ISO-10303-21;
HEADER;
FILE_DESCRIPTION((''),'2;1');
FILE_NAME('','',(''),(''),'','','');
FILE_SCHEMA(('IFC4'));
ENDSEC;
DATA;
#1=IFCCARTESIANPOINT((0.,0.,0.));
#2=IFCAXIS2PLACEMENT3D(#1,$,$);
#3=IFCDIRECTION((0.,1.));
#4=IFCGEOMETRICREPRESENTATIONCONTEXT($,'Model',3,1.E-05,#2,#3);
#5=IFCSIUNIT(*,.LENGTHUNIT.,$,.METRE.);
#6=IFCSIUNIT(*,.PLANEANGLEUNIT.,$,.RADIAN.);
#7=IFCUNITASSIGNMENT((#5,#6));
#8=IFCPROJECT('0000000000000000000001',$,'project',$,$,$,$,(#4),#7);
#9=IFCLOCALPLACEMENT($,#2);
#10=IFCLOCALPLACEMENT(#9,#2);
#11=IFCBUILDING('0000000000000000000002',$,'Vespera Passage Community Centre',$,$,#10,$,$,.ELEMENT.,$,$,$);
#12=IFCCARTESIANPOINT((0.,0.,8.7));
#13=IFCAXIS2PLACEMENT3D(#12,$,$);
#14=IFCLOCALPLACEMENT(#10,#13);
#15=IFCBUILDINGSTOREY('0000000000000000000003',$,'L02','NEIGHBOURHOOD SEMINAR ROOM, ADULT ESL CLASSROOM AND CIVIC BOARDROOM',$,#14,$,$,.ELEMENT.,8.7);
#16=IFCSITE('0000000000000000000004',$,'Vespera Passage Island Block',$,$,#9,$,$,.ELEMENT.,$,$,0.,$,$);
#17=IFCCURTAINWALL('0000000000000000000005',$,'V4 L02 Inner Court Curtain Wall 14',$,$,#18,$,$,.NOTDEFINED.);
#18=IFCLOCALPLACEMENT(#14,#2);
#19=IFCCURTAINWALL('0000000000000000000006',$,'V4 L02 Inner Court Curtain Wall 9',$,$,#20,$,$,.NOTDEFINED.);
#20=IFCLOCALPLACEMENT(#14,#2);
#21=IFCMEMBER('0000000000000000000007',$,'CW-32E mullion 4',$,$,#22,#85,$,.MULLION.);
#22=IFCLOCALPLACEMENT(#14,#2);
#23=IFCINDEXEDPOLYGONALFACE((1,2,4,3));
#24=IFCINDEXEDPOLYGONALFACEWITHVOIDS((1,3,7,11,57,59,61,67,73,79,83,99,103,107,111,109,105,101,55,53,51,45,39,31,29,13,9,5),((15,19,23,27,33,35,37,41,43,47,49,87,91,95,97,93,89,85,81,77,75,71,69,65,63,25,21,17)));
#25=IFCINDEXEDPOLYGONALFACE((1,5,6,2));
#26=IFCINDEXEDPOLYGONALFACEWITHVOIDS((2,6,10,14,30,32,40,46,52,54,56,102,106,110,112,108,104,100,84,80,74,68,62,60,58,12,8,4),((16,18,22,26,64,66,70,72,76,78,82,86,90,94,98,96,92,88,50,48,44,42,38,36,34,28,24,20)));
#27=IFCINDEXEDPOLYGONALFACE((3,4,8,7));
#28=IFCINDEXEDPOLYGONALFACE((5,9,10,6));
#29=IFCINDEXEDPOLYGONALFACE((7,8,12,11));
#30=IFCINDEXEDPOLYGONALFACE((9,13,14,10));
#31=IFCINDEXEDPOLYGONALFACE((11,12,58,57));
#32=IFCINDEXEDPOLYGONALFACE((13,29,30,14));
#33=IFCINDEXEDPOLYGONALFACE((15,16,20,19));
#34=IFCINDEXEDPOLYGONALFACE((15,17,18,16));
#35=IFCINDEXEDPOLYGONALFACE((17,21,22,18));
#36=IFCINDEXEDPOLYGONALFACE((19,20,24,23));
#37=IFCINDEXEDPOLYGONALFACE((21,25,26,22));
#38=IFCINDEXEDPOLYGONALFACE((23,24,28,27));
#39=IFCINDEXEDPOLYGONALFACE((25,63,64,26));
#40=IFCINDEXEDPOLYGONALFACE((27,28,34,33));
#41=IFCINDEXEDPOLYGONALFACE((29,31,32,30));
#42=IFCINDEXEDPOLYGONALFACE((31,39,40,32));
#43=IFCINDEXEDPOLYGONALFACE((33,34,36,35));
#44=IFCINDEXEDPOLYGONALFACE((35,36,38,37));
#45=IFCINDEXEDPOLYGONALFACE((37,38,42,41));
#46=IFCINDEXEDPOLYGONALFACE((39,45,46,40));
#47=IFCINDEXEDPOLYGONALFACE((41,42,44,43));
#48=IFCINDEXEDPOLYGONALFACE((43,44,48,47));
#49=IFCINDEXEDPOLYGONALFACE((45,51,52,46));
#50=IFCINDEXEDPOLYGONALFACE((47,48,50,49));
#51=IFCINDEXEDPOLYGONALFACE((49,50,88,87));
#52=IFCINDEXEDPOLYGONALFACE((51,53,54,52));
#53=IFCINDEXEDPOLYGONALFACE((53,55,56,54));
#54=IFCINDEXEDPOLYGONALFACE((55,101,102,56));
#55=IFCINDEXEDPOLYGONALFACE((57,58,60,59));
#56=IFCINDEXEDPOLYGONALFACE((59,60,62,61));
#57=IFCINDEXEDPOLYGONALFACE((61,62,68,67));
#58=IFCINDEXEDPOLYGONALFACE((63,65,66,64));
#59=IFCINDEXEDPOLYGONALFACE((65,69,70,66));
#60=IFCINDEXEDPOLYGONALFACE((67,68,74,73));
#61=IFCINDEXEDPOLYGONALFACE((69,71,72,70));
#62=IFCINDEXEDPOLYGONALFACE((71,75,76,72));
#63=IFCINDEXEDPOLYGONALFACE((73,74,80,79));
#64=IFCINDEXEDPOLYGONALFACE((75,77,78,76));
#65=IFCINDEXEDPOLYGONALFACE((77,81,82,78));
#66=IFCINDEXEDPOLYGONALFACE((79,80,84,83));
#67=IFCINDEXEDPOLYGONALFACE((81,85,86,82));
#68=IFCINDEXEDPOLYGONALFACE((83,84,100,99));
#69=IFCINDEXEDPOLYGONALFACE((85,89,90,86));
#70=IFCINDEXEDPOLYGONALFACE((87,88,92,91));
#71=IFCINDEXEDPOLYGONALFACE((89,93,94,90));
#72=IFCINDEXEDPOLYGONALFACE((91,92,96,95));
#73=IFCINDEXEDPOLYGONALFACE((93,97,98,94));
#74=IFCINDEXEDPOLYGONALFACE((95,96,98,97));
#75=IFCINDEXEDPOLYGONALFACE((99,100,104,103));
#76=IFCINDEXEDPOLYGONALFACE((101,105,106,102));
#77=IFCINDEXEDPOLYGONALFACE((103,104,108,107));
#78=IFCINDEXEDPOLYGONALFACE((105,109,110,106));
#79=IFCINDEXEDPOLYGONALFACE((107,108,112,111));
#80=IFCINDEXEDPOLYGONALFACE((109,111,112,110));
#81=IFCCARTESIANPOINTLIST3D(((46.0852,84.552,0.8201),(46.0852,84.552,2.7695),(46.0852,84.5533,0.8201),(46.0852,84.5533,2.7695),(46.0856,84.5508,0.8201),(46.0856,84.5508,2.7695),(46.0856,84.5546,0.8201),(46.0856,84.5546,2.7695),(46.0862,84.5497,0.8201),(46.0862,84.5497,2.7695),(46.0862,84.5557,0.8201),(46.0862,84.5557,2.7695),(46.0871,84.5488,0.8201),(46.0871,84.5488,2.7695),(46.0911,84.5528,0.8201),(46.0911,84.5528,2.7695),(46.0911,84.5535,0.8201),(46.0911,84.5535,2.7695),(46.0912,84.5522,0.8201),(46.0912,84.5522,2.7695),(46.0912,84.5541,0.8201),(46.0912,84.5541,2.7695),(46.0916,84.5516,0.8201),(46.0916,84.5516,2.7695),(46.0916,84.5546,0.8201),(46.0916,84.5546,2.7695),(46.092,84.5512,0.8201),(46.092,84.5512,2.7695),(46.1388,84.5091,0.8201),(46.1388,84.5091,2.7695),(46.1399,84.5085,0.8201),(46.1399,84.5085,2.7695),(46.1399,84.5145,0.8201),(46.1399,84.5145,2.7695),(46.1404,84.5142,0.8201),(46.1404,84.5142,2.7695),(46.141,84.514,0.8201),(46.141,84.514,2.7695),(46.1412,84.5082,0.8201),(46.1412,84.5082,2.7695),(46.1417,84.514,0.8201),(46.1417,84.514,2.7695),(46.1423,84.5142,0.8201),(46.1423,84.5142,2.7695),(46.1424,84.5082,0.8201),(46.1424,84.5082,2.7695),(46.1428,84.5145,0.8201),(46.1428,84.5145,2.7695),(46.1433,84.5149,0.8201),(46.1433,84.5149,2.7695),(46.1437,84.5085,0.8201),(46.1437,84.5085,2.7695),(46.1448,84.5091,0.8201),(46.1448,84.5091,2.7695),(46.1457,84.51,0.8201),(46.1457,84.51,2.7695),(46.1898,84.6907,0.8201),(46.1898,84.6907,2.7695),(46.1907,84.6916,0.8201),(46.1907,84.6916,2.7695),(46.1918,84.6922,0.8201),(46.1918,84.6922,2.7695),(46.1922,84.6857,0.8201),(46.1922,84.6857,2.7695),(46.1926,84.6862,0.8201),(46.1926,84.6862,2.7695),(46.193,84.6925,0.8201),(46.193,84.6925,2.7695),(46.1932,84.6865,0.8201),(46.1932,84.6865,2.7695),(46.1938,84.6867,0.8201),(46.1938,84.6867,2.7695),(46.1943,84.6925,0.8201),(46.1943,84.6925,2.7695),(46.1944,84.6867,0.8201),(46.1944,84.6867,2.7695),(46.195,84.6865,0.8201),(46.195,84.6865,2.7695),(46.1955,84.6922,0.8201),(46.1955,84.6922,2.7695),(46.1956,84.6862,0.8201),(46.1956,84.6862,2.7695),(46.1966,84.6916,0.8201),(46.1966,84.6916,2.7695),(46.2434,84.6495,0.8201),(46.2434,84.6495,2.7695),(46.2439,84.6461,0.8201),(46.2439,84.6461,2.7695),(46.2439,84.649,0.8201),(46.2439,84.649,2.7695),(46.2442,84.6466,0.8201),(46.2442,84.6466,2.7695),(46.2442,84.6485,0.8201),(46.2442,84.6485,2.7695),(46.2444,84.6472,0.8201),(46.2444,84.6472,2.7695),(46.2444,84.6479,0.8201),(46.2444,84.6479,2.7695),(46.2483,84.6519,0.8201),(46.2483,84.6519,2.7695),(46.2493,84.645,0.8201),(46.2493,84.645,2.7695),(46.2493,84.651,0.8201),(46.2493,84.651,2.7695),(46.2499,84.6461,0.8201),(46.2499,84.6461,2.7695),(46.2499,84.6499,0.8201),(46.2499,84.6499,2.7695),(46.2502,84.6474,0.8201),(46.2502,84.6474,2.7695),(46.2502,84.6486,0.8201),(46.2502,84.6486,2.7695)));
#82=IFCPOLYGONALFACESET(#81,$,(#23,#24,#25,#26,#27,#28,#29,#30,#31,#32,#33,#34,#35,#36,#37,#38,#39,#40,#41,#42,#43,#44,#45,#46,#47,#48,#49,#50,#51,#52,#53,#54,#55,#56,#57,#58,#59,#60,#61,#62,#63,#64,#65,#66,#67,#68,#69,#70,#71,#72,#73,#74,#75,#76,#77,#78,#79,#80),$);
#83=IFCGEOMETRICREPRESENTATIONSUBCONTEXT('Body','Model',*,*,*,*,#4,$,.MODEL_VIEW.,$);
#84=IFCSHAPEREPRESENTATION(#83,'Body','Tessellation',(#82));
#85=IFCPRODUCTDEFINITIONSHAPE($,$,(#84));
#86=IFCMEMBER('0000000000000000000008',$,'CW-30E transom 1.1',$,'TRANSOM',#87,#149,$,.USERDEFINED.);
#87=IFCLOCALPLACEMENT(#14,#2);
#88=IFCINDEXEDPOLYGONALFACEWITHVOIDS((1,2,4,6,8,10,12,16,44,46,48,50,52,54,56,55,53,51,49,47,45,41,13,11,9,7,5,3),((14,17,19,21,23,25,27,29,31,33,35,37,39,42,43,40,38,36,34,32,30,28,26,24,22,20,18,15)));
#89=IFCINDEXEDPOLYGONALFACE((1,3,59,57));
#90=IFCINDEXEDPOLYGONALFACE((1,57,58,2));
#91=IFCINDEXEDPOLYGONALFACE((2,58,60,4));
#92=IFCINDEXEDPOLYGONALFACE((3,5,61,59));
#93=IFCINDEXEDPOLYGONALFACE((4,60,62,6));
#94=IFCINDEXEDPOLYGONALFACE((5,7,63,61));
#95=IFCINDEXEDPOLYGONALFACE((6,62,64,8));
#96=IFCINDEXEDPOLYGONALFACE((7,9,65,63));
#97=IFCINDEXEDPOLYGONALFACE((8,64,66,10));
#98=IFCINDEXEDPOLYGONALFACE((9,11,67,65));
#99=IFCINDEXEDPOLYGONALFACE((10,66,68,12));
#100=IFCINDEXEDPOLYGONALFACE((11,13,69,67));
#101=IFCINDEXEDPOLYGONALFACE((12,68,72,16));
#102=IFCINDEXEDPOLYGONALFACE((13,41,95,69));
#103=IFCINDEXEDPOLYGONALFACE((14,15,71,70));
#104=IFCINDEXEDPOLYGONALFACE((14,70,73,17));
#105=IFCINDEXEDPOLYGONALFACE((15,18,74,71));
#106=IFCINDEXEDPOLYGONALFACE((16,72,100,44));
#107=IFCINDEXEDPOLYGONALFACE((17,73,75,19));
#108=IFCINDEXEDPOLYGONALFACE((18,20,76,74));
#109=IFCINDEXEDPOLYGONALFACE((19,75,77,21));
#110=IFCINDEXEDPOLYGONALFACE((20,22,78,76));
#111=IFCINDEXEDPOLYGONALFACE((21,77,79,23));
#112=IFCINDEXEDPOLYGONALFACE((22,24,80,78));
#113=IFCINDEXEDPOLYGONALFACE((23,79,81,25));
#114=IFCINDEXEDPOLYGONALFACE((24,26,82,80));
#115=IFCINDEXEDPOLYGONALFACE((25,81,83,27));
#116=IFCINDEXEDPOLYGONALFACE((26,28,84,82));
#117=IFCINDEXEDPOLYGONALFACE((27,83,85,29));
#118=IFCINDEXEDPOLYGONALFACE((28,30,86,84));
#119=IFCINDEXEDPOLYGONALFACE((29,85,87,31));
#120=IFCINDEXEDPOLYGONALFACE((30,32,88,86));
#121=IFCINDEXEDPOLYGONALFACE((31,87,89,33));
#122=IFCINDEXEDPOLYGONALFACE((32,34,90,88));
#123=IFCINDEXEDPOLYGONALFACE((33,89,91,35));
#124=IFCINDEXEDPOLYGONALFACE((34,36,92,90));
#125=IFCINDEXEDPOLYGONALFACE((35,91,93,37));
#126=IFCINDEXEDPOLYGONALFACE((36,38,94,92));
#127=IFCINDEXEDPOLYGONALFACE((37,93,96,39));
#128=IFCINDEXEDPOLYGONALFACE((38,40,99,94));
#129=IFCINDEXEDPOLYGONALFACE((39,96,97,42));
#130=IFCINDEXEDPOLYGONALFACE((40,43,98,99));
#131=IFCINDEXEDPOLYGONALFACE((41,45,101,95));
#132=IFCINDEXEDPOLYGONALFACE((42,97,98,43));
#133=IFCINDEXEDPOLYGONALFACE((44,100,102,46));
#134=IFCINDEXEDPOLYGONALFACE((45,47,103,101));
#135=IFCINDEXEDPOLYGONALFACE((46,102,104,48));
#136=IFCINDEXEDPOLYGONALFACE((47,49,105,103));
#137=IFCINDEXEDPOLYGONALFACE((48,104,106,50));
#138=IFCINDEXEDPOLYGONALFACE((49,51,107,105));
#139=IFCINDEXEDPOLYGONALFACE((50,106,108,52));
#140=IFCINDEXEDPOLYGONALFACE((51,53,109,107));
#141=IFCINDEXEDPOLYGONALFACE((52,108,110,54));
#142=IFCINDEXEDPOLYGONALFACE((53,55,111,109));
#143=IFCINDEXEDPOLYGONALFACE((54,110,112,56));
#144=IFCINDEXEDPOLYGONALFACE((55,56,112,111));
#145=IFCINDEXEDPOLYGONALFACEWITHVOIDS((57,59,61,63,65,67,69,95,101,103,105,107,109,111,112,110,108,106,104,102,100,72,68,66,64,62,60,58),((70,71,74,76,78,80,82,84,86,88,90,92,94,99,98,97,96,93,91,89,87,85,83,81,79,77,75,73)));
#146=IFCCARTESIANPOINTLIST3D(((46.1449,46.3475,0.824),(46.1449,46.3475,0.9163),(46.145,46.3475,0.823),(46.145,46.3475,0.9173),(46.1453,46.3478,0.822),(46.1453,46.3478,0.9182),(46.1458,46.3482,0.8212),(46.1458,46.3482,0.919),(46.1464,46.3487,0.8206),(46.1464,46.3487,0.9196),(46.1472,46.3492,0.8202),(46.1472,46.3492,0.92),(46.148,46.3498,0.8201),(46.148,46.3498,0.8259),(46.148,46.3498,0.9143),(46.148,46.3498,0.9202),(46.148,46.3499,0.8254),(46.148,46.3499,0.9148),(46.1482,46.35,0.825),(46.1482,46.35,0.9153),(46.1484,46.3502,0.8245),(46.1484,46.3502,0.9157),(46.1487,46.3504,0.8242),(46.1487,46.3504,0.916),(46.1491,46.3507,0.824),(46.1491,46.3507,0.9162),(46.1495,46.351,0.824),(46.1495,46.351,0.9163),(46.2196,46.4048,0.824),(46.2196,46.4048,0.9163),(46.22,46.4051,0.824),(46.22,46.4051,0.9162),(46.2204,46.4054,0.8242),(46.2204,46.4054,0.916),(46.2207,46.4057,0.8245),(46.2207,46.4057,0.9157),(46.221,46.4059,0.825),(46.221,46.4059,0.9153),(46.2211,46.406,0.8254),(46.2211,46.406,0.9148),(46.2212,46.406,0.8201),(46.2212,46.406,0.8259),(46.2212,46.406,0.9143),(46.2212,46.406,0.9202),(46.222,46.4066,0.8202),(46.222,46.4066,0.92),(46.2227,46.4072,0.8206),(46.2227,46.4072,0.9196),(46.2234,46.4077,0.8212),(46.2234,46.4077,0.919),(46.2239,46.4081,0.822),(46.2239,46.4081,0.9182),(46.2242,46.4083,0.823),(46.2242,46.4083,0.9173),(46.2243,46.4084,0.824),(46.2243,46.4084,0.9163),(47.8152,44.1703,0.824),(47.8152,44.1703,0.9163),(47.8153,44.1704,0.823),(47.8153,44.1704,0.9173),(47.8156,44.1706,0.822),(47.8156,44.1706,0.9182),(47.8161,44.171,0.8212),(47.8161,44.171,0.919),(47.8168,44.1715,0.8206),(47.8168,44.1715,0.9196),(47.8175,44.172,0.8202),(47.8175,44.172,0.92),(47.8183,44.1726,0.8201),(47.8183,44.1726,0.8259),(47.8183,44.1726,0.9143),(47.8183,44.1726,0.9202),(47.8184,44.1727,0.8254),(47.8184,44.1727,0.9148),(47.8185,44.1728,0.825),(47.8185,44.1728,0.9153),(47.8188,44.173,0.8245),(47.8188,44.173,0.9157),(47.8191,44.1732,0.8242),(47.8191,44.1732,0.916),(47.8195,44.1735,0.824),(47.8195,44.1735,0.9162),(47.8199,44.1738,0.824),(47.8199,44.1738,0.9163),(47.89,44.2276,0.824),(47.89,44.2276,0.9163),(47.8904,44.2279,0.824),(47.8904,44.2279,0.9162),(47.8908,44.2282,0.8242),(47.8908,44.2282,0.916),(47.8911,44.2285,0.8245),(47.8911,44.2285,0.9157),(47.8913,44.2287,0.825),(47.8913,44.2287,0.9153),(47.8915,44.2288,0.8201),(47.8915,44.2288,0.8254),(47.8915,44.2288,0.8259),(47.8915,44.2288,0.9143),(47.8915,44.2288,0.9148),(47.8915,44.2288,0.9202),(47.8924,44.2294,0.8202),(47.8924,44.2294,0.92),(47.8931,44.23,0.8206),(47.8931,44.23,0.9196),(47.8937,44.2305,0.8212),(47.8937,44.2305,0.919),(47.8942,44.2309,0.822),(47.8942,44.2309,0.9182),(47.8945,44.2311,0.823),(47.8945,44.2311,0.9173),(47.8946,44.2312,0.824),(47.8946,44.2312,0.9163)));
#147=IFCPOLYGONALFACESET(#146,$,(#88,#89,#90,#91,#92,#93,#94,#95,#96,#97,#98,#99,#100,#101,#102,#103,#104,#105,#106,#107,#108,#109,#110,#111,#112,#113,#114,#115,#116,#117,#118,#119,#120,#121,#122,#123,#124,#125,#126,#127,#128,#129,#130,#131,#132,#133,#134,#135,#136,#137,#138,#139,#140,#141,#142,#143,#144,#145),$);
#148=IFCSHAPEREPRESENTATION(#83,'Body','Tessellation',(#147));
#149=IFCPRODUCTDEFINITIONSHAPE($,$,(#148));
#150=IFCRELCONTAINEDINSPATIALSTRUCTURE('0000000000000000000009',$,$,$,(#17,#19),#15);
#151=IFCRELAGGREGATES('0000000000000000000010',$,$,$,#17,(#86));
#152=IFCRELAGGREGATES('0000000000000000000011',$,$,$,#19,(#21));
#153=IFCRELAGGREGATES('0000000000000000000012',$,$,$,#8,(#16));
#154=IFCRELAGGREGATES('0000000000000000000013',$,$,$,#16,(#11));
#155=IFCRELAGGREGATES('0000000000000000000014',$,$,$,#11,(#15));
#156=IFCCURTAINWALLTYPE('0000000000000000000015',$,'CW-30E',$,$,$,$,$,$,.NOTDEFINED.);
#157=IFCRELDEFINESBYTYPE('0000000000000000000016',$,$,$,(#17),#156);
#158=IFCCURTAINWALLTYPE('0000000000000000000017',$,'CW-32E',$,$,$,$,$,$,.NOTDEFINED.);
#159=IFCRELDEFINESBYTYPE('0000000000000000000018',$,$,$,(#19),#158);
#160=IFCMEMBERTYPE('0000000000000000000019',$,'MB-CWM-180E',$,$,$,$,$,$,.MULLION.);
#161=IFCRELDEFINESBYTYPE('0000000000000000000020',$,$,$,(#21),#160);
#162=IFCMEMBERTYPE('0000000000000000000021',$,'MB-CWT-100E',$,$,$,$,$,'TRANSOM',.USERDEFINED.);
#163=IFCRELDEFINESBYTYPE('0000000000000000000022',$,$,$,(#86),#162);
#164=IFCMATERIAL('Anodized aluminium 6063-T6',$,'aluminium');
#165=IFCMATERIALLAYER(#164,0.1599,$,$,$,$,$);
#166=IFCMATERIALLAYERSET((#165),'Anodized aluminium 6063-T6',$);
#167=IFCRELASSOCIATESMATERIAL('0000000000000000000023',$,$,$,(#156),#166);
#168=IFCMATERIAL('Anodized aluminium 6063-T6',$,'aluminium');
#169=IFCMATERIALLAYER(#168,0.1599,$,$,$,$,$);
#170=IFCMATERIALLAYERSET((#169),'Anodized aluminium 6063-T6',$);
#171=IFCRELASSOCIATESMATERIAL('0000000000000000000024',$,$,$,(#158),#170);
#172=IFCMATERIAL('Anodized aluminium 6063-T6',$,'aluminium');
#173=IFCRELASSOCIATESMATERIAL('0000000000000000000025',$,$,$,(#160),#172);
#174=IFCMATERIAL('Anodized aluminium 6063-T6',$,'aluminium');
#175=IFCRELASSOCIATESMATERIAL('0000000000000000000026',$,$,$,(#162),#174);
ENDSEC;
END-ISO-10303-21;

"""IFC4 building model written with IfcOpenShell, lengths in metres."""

from ifc_helpers import new_model, si_unit, direction, frame, origin, origin_2d, place, context, subcontext, project, spatial, hollow_rectangle, extrude, material, layer, layer_set, material_profile, profile_set, type_object, element, aggregate, save


model = new_model("IFC4")

# Units and contexts
model_context = context("Model", 3, precision=1e-05, world=origin(), true_north=direction((0.0, 1.0)))
body_context = subcontext(model_context, "Body", "Model", "MODEL_VIEW")
ifc_project = project(units=[si_unit("LENGTHUNIT", "METRE"), si_unit("PLANEANGLEUNIT", "RADIAN")], contexts=[model_context])

# Site, building, storey
site_placement = place(None, origin())
site = spatial("IfcSite", under=ifc_project, at=site_placement, Name="Vespera Passage Island Block", CompositionType="ELEMENT", RefElevation=0.0)
building_placement = place(site_placement, origin())
building = spatial("IfcBuilding", under=site, at=building_placement, Name="Vespera Passage Community Centre", CompositionType="ELEMENT")
storey_placement = place(building_placement, frame((0.0, 0.0, 8.7)))
storey = spatial("IfcBuildingStorey", under=building, at=storey_placement, Name="L02", Description="NEIGHBOURHOOD SEMINAR ROOM, ADULT ESL CLASSROOM AND CIVIC BOARDROOM", CompositionType="ELEMENT", Elevation=8.7)

# Curtain wall
ifc_material_1 = material(Name="Anodized aluminium 6063-T6", Category="aluminium")
ifc_layer_1 = layer(ifc_material_1, 0.1599)
ifc_layer_set_1 = layer_set([ifc_layer_1], Name="Anodized aluminium 6063-T6")
curtain_wall_type_1 = type_object("IfcCurtainWallType", Name="CW-30E", PredefinedType="NOTDEFINED", material=ifc_layer_set_1)
curtain_wall_1_placement = place(storey_placement, origin())
curtain_wall_1 = element("IfcCurtainWall", 1, at=curtain_wall_1_placement, inside=storey, type_object=curtain_wall_type_1, Name="V4 L02 Inner Court Curtain Wall 14", PredefinedType="NOTDEFINED")

# Curtain wall, member
ifc_material_2 = material(Name="Anodized aluminium 6063-T6", Category="aluminium")
ifc_layer_2 = layer(ifc_material_2, 0.1599)
ifc_layer_set_2 = layer_set([ifc_layer_2], Name="Anodized aluminium 6063-T6")
curtain_wall_type_2 = type_object("IfcCurtainWallType", Name="CW-32E", PredefinedType="NOTDEFINED", material=ifc_layer_set_2)
curtain_wall_2_placement = place(storey_placement, origin())
curtain_wall_2 = element("IfcCurtainWall", 2, at=curtain_wall_2_placement, inside=storey, type_object=curtain_wall_type_2, Name="V4 L02 Inner Court Curtain Wall 9", PredefinedType="NOTDEFINED")
ifc_material_3 = material(Name="Anodized aluminium 6063-T6", Category="aluminium")
ifc_material_profile_1 = material_profile(ifc_material_3, hollow_rectangle(XDim=0.075, YDim=0.1799, WallThickness=0.0049, InnerFilletRadius=0.0024, OuterFilletRadius=0.0049, at=origin_2d()), Name="ALU180X75X5")
ifc_profile_set_1 = profile_set([ifc_material_profile_1], Name="Anodized aluminium 6063-T6")
member_type_1 = type_object("IfcMemberType", Name="MB-CWM-180E", PredefinedType="MULLION", material=ifc_profile_set_1)
member_1_placement = place(storey_placement, frame((46.1677, 84.6003, 0.8201), z_axis=(0.0, 0.0, 1.0), x_axis=(0.793358, -0.608755, 0.0)))
member_1 = element("IfcMember", 3, at=member_1_placement, type_object=member_type_1, Name="CW-32E mullion 4", PredefinedType="MULLION", context=body_context, shape_type="SweptSolid", body=[
    extrude(hollow_rectangle(XDim=0.075, YDim=0.1799, WallThickness=0.0049, InnerFilletRadius=0.0024, OuterFilletRadius=0.0049, at=origin_2d()), origin(), (0.0, 0.0, 1.0), 1.9495),
])

# Member
ifc_material_4 = material(Name="Anodized aluminium 6063-T6", Category="aluminium")
ifc_material_profile_2 = material_profile(ifc_material_4, hollow_rectangle(XDim=0.1001, YDim=0.1001, WallThickness=0.0039, InnerFilletRadius=0.002, OuterFilletRadius=0.0039, at=origin_2d()), Name="ALU100X100X4")
ifc_profile_set_2 = profile_set([ifc_material_profile_2], Name="Anodized aluminium 6063-T6")
member_type_2 = type_object("IfcMemberType", Name="MB-CWT-100E", ElementType="TRANSOM", PredefinedType="USERDEFINED", material=ifc_profile_set_2)
member_2_placement = place(storey_placement, frame((46.1846, 46.3779, 0.8701), z_axis=(0.608704, -0.793397, 0.0), x_axis=(0.793397, 0.608704, 0.0)))
member_2 = element("IfcMember", 4, at=member_2_placement, type_object=member_type_2, Name="CW-30E transom 1.1", ObjectType="TRANSOM", PredefinedType="USERDEFINED", context=body_context, shape_type="SweptSolid", body=[
    extrude(hollow_rectangle(XDim=0.1001, YDim=0.1001, WallThickness=0.0039, InnerFilletRadius=0.002, OuterFilletRadius=0.0039, at=origin_2d()), origin(), (0.0, 0.0, 1.0), 2.7441),
])
aggregate(curtain_wall_1, [member_2])

aggregate(curtain_wall_2, [member_1])

save(model, "model.ifc")
